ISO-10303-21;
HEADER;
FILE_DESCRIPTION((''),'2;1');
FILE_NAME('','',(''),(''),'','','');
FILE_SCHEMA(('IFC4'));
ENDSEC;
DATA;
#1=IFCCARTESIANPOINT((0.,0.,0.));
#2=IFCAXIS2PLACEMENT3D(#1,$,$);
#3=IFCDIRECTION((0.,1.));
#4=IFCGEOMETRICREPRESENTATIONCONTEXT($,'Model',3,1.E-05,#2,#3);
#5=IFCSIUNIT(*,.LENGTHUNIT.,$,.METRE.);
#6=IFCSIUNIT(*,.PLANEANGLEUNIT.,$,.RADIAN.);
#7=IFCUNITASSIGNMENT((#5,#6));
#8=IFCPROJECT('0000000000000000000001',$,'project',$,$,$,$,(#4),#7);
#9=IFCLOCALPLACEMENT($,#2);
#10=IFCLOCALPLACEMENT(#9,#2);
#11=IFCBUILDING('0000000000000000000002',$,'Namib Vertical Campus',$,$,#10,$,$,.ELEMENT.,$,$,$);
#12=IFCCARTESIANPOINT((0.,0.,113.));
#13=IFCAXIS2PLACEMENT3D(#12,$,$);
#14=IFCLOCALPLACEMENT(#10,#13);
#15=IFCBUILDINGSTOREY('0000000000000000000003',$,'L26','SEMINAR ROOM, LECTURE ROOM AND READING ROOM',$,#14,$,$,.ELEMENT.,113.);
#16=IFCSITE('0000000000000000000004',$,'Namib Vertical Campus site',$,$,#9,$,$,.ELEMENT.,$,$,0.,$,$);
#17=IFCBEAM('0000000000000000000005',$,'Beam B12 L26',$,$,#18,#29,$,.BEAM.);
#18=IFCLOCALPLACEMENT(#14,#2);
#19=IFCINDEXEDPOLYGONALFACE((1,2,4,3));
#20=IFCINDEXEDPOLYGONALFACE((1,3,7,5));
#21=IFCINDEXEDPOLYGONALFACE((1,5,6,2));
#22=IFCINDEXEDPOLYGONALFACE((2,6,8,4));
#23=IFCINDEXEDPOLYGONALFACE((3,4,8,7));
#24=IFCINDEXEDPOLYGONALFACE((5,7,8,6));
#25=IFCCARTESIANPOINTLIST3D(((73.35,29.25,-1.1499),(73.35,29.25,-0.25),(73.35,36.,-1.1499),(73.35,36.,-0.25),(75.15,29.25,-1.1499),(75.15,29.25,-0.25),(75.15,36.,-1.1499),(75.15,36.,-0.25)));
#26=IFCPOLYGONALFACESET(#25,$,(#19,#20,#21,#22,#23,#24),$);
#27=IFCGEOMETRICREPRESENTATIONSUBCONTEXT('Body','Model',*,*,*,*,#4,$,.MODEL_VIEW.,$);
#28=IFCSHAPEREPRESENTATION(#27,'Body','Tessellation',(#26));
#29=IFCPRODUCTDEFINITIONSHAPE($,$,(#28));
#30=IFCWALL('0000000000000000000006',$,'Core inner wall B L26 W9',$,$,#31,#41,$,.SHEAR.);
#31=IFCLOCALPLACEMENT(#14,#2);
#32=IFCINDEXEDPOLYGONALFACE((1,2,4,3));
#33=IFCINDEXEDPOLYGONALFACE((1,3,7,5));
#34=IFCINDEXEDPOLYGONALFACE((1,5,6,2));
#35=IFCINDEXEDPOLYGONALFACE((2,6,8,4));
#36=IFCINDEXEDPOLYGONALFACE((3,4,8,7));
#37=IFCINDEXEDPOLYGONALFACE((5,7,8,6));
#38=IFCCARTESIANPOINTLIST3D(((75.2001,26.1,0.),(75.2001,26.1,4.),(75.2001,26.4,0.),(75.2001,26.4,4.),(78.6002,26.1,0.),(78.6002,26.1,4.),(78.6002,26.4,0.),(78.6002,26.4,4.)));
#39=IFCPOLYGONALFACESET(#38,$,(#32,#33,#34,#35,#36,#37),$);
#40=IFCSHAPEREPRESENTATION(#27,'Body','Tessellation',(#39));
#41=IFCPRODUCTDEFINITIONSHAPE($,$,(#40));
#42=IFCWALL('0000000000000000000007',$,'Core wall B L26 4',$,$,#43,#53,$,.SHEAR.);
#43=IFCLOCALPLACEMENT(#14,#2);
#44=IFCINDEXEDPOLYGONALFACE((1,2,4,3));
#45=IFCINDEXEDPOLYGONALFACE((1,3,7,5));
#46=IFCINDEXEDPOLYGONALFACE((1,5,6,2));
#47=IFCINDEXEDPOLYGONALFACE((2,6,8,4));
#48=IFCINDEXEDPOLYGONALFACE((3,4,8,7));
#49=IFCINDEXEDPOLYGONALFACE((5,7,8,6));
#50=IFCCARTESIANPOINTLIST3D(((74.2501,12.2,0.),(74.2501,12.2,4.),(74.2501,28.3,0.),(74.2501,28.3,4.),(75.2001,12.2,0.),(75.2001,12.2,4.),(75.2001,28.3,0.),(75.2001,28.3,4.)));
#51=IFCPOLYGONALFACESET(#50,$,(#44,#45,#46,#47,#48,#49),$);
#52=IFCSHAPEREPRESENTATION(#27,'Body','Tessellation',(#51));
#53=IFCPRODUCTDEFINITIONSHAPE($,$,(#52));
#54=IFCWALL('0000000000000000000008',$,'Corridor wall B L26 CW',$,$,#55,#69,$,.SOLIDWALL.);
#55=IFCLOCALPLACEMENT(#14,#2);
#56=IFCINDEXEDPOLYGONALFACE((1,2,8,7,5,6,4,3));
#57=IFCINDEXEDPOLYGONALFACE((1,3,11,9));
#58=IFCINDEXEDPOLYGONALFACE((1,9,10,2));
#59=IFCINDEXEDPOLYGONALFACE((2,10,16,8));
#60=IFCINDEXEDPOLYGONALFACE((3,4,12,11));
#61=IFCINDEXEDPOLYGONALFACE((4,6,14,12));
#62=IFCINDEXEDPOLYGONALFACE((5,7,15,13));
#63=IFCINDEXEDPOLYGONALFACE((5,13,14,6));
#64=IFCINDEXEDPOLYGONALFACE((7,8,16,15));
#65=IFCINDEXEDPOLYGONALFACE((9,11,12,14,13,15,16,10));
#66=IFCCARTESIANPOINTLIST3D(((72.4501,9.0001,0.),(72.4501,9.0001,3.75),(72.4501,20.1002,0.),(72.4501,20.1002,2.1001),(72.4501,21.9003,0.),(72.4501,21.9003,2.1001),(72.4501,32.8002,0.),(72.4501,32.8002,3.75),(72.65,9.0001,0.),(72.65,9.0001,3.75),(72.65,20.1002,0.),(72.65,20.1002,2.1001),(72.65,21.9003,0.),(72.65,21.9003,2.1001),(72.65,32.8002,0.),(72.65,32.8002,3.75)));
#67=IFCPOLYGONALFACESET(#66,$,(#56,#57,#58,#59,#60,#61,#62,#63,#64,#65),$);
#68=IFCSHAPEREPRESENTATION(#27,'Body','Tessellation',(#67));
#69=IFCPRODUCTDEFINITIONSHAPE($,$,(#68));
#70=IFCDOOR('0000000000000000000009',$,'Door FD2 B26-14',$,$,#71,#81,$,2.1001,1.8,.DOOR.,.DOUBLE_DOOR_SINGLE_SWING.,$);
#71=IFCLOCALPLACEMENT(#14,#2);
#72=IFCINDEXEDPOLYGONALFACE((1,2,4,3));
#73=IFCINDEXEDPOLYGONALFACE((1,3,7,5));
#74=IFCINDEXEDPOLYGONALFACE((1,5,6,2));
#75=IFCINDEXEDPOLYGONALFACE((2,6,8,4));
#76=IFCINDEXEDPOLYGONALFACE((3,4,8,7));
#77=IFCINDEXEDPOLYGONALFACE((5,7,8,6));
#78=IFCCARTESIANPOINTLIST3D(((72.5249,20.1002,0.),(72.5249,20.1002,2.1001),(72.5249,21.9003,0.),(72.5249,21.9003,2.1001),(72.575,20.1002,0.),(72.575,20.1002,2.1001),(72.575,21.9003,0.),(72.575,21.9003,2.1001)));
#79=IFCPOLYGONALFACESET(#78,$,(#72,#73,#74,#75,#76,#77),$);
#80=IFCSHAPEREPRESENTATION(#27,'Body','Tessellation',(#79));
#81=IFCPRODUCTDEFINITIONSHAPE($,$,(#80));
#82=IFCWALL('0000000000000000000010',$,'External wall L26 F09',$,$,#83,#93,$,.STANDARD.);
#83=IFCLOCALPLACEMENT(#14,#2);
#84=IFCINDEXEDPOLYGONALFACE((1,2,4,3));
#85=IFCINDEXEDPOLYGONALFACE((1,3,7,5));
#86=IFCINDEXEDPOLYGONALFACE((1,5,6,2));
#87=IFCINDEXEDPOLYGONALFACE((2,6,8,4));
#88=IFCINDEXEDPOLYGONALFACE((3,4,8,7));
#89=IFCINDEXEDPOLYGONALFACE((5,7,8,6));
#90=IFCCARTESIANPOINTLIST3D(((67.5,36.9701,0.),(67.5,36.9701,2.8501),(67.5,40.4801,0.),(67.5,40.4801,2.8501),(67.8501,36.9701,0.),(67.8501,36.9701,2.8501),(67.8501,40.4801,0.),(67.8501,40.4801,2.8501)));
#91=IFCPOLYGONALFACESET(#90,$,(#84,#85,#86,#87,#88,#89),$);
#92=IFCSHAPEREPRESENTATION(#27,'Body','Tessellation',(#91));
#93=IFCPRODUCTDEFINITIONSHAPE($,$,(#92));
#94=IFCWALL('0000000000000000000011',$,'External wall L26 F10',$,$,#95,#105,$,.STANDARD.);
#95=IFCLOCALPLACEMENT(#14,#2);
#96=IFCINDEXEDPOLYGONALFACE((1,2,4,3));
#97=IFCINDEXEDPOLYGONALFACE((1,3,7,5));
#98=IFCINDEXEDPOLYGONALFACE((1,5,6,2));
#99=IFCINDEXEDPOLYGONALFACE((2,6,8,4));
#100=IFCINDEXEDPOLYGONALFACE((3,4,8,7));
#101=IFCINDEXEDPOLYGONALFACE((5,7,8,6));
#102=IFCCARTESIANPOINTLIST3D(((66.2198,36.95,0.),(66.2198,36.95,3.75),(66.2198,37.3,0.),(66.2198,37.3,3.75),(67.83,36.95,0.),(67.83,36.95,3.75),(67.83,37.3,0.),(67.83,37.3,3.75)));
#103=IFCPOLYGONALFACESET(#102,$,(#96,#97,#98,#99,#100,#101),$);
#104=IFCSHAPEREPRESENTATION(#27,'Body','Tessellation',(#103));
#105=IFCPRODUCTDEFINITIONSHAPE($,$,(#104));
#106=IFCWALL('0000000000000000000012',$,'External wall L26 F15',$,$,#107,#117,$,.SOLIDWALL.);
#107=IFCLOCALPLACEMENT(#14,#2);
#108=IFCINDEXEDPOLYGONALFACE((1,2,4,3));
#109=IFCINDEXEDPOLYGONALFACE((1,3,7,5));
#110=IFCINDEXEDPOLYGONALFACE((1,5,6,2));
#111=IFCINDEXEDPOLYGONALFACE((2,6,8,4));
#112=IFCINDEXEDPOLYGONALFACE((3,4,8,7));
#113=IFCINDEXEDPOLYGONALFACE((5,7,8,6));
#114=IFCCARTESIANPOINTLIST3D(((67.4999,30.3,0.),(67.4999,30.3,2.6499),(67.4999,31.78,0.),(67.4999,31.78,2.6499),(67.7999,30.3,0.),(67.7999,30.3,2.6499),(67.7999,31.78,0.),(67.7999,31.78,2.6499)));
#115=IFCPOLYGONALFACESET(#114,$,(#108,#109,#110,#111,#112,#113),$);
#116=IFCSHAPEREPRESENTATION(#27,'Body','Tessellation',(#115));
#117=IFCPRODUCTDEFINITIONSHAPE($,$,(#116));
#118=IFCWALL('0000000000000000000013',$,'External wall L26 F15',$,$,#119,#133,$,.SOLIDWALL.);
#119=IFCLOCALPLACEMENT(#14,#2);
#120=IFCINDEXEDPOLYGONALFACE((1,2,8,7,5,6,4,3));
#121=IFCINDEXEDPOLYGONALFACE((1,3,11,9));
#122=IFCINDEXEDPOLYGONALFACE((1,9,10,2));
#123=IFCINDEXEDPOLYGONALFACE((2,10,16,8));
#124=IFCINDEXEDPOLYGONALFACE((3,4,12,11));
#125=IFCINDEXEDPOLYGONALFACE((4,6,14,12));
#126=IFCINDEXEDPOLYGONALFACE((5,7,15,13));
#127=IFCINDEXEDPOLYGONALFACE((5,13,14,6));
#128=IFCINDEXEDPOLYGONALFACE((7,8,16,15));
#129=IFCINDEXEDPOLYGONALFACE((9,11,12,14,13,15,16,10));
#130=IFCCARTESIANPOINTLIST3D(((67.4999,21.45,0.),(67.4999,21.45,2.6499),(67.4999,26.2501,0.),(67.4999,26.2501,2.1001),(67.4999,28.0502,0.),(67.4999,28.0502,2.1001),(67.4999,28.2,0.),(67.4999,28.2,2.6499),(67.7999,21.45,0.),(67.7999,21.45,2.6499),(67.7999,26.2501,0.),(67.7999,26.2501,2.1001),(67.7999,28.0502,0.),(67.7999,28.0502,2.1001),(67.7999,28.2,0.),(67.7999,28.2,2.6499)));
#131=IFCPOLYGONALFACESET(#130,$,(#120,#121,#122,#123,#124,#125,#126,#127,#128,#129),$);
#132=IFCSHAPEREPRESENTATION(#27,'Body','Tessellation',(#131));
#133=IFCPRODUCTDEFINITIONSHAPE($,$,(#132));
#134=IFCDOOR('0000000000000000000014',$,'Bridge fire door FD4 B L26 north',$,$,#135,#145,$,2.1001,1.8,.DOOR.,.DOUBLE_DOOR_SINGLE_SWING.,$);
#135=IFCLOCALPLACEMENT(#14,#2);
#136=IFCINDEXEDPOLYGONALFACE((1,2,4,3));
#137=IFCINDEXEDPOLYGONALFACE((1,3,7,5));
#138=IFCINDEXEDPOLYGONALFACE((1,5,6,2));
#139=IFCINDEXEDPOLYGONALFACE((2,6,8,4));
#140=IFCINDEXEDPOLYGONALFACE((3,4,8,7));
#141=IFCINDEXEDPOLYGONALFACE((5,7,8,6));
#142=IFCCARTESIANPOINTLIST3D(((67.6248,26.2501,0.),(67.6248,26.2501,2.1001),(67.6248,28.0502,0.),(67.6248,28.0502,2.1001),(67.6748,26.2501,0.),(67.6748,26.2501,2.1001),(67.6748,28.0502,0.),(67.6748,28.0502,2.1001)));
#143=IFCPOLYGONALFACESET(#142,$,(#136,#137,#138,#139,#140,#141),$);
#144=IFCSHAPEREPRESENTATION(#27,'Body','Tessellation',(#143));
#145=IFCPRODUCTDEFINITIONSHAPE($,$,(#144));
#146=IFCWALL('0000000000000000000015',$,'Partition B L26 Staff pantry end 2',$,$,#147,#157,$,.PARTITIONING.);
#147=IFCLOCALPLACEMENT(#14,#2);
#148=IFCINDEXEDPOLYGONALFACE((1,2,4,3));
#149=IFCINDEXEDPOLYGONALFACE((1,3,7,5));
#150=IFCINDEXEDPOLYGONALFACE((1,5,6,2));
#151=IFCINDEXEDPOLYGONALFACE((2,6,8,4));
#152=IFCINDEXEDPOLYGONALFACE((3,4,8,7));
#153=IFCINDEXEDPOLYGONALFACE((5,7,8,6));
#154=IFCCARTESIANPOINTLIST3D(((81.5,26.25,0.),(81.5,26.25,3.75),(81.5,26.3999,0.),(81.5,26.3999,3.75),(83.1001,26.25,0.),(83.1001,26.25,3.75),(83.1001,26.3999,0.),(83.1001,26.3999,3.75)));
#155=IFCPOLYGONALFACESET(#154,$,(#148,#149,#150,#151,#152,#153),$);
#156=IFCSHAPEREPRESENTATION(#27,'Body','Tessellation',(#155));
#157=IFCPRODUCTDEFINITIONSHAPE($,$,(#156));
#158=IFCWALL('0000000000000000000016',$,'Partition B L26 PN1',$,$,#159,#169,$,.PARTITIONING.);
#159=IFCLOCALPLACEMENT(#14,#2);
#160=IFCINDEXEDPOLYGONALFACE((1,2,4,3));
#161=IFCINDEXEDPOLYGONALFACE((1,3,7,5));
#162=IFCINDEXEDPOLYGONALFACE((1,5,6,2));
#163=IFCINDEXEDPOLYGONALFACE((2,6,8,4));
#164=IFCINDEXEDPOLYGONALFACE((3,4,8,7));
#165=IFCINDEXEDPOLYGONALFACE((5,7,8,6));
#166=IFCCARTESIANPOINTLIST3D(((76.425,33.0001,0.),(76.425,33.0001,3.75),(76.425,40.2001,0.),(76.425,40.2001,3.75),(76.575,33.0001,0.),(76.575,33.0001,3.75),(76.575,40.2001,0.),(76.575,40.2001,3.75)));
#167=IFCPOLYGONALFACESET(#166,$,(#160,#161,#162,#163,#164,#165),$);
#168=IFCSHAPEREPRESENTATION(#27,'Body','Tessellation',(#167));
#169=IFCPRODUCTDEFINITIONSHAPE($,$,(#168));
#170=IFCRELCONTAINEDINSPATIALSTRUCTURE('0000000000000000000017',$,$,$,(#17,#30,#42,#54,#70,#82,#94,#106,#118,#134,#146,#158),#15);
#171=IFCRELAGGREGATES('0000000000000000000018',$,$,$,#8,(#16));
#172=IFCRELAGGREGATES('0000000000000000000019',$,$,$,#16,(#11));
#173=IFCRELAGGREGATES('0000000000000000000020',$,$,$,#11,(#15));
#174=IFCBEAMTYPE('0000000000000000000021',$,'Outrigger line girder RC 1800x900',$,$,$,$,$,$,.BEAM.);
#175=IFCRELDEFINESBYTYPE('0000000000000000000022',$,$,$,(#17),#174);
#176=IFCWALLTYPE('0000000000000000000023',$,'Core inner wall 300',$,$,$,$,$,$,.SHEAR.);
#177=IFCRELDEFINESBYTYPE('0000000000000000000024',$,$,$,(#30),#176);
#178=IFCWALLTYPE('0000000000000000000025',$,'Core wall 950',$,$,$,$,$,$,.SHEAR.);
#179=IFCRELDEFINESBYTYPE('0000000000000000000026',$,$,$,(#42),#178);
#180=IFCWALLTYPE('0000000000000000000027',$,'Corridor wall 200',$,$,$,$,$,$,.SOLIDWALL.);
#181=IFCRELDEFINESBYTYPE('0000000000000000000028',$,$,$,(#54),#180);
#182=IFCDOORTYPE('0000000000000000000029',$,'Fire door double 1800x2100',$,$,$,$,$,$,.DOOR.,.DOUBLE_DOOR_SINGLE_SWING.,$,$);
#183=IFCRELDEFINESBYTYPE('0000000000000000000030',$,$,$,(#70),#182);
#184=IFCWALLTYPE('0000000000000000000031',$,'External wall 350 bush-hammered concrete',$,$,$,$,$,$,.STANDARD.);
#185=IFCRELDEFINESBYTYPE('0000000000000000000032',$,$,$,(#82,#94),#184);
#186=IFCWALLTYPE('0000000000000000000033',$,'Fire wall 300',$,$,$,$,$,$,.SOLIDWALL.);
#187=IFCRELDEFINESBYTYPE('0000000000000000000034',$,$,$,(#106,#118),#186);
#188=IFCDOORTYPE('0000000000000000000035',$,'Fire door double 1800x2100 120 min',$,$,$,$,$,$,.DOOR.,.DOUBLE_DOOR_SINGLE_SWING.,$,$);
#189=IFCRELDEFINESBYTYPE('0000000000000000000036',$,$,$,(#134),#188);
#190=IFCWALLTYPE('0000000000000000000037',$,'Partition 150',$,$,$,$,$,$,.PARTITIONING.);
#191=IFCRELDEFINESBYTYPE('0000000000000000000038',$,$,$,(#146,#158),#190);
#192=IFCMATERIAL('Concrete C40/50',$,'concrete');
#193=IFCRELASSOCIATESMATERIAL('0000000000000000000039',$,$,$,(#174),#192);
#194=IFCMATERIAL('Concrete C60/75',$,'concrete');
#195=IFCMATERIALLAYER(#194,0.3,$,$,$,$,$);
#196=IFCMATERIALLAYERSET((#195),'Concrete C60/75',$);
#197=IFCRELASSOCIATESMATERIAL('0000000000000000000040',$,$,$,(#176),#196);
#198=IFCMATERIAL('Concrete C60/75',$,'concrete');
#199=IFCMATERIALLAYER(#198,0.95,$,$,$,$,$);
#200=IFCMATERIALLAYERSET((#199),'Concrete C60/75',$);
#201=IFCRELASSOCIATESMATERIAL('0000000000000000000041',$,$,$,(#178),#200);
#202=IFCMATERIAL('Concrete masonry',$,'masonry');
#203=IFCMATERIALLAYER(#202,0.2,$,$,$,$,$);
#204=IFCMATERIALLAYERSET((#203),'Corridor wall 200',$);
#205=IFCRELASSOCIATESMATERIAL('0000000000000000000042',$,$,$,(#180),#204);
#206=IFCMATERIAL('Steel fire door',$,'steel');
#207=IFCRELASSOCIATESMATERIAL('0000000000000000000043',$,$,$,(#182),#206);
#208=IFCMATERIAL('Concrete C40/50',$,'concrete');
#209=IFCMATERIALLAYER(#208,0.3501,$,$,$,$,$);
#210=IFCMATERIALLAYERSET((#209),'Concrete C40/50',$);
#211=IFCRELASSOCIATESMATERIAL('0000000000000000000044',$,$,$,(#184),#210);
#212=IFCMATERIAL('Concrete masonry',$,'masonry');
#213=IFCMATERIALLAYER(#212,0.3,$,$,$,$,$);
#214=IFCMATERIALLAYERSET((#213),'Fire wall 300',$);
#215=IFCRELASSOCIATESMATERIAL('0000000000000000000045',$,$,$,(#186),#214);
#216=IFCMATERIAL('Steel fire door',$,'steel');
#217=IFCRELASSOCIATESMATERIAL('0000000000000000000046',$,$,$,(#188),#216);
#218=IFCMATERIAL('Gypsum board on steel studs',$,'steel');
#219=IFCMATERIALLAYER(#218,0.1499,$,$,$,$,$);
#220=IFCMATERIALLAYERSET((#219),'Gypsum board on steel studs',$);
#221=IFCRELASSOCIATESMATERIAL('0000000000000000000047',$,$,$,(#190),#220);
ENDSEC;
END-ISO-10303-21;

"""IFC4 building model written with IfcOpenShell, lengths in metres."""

from ifc_helpers import new_model, si_unit, direction, frame, frame_2d, origin, origin_2d, place, context, subcontext, project, spatial, rectangle, extrude, material, layer, layer_set, material_profile, profile_set, type_object, element, fill, save


model = new_model("IFC4")

# Units and contexts
model_context = context("Model", 3, precision=1e-05, world=origin(), true_north=direction((0.0, 1.0)))
body_context = subcontext(model_context, "Body", "Model", "MODEL_VIEW")
ifc_project = project(units=[si_unit("LENGTHUNIT", "METRE"), si_unit("PLANEANGLEUNIT", "RADIAN")], contexts=[model_context])

# Site, building, storey
site_placement = place(None, origin())
site = spatial("IfcSite", under=ifc_project, at=site_placement, Name="Namib Vertical Campus site", CompositionType="ELEMENT", RefElevation=0.0)
building_placement = place(site_placement, origin())
building = spatial("IfcBuilding", under=site, at=building_placement, Name="Namib Vertical Campus", CompositionType="ELEMENT")
storey_placement = place(building_placement, frame((0.0, 0.0, 113.0)))
storey = spatial("IfcBuildingStorey", under=building, at=storey_placement, Name="L26", Description="SEMINAR ROOM, LECTURE ROOM AND READING ROOM", CompositionType="ELEMENT", Elevation=113.0)

# Beam
ifc_material_1 = material(Name="Concrete C40/50", Category="concrete")
ifc_material_profile_1 = material_profile(ifc_material_1, rectangle(XDim=1.8, YDim=0.8999, at=origin_2d()))
ifc_profile_set_1 = profile_set([ifc_material_profile_1], Name="Concrete C40/50")
beam_type_1 = type_object("IfcBeamType", Name="Outrigger line girder RC 1800x900", PredefinedType="BEAM", material=ifc_profile_set_1)
beam_1_placement = place(storey_placement, frame((74.25, 36.0, -0.7), z_axis=(0.0, -1.0, 0.0), x_axis=(1.0, 0.0, 0.0)))
element("IfcBeam", 1, at=beam_1_placement, inside=storey, type_object=beam_type_1, Name="Beam B12 L26", PredefinedType="BEAM", context=body_context, shape_type="SweptSolid", body=[
    extrude(rectangle(XDim=1.8, YDim=0.8999, at=origin_2d()), origin(), (0.0, 0.0, 1.0), 6.75),
])

# Walls
ifc_material_2 = material(Name="Concrete C60/75", Category="concrete")
ifc_layer_1 = layer(ifc_material_2, 0.3)
ifc_layer_set_1 = layer_set([ifc_layer_1], Name="Concrete C60/75")
wall_type_1 = type_object("IfcWallType", Name="Core inner wall 300", PredefinedType="SHEAR", material=ifc_layer_set_1)
wall_1_placement = place(storey_placement, frame((75.2, 26.25, 0.0), z_axis=(0.0, 0.0, 1.0), x_axis=(1.0, 0.0, 0.0)))
element("IfcWall", 2, at=wall_1_placement, inside=storey, type_object=wall_type_1, Name="Core inner wall B L26 W9", PredefinedType="SHEAR", context=body_context, shape_type="SweptSolid", body=[
    extrude(rectangle(XDim=3.4001, YDim=0.3, at=frame_2d((1.7002, 0.0))), origin(), (0.0, 0.0, 1.0), 4.0),
])
ifc_material_3 = material(Name="Concrete C60/75", Category="concrete")
ifc_layer_2 = layer(ifc_material_3, 0.95)
ifc_layer_set_2 = layer_set([ifc_layer_2], Name="Concrete C60/75")
wall_type_2 = type_object("IfcWallType", Name="Core wall 950", PredefinedType="SHEAR", material=ifc_layer_set_2)
wall_2_placement = place(storey_placement, frame((74.7251, 28.3, 0.0), z_axis=(0.0, 0.0, 1.0), x_axis=(0.0, -1.0, 0.0)))
element("IfcWall", 3, at=wall_2_placement, inside=storey, type_object=wall_type_2, Name="Core wall B L26 4", PredefinedType="SHEAR", context=body_context, shape_type="SweptSolid", body=[
    extrude(rectangle(XDim=16.1001, YDim=0.95, at=frame_2d((8.05, 0.0))), origin(), (0.0, 0.0, 1.0), 4.0),
])

# Wall, opening, door
ifc_material_4 = material(Name="Concrete masonry", Category="masonry")
ifc_layer_3 = layer(ifc_material_4, 0.2)
ifc_layer_set_3 = layer_set([ifc_layer_3], Name="Corridor wall 200")
wall_type_3 = type_object("IfcWallType", Name="Corridor wall 200", PredefinedType="SOLIDWALL", material=ifc_layer_set_3)
wall_3_placement = place(storey_placement, frame((72.55, 32.8, 0.0), z_axis=(0.0, 0.0, 1.0), x_axis=(0.0, -1.0, 0.0)))
wall_3 = element("IfcWall", 4, at=wall_3_placement, inside=storey, type_object=wall_type_3, Name="Corridor wall B L26 CW", PredefinedType="SOLIDWALL", context=body_context, shape_type="SweptSolid", body=[
    extrude(rectangle(XDim=23.8, YDim=0.2, at=frame_2d((11.8999, 0.0))), origin(), (0.0, 0.0, 1.0), 3.75),
])
opening_1_placement = place(wall_3_placement, frame((10.8999, 0.0, 0.0)))
opening_1 = element("IfcOpeningElement", 5, at=opening_1_placement, cuts=wall_3, PredefinedType="OPENING", context=body_context, shape_type="SweptSolid", body=[
    extrude(rectangle(XDim=1.8, YDim=2.1001, at=frame_2d((0.8999, 1.05))), frame((0.0, 0.1099, 0.0), z_axis=(0.0, -1.0, 0.0), x_axis=(1.0, 0.0, 0.0)), (0.0, 0.0, 1.0), 0.22),
])
ifc_material_5 = material(Name="Steel fire door", Category="steel")
door_type_1 = type_object("IfcDoorType", Name="Fire door double 1800x2100", OperationType="DOUBLE_DOOR_SINGLE_SWING", PredefinedType="DOOR", material=ifc_material_5)
door_1_placement = place(opening_1_placement, origin())
door_1 = element("IfcDoor", 6, at=door_1_placement, inside=storey, type_object=door_type_1, Name="Door FD2 B26-14", OperationType="DOUBLE_DOOR_SINGLE_SWING", OverallHeight=2.1001, OverallWidth=1.8, PredefinedType="DOOR", context=body_context, shape_type="SweptSolid", body=[
    extrude(rectangle(XDim=1.8, YDim=2.1001, at=frame_2d((0.8999, 1.05))), frame((0.0, 0.0249, 0.0), z_axis=(0.0, -1.0, 0.0), x_axis=(1.0, 0.0, 0.0)), (0.0, 0.0, 1.0), 0.05),
])
fill(opening_1, door_1)

# Walls
ifc_material_6 = material(Name="Concrete C40/50", Category="concrete")
ifc_layer_4 = layer(ifc_material_6, 0.3501)
ifc_layer_set_4 = layer_set([ifc_layer_4], Name="Concrete C40/50")
wall_type_4 = type_object("IfcWallType", Name="External wall 350 bush-hammered concrete", PredefinedType="STANDARD", material=ifc_layer_set_4)
wall_4_placement = place(storey_placement, frame((67.675, 40.48, 0.0), z_axis=(0.0, 0.0, 1.0), x_axis=(0.0, -1.0, 0.0)))
element("IfcWall", 7, at=wall_4_placement, inside=storey, type_object=wall_type_4, Name="External wall L26 F09", PredefinedType="STANDARD", context=body_context, shape_type="SweptSolid", body=[
    extrude(rectangle(XDim=3.51, YDim=0.3501, at=frame_2d((1.7549, 0.0))), origin(), (0.0, 0.0, 1.0), 2.8501),
])
wall_5_placement = place(storey_placement, frame((67.8301, 37.125, 0.0), z_axis=(0.0, 0.0, 1.0), x_axis=(-1.0, 0.0, 0.0)))
element("IfcWall", 8, at=wall_5_placement, inside=storey, type_object=wall_type_4, Name="External wall L26 F10", PredefinedType="STANDARD", context=body_context, shape_type="SweptSolid", body=[
    extrude(rectangle(XDim=1.6101, YDim=0.3501, at=frame_2d((0.8052, 0.0))), origin(), (0.0, 0.0, 1.0), 3.75),
])
ifc_material_7 = material(Name="Concrete masonry", Category="masonry")
ifc_layer_5 = layer(ifc_material_7, 0.3)
ifc_layer_set_5 = layer_set([ifc_layer_5], Name="Fire wall 300")
wall_type_5 = type_object("IfcWallType", Name="Fire wall 300", PredefinedType="SOLIDWALL", material=ifc_layer_set_5)
wall_6_placement = place(storey_placement, frame((67.6499, 31.78, 0.0), z_axis=(0.0, 0.0, 1.0), x_axis=(0.0, -1.0, 0.0)))
element("IfcWall", 9, at=wall_6_placement, inside=storey, type_object=wall_type_5, Name="External wall L26 F15", PredefinedType="SOLIDWALL", context=body_context, shape_type="SweptSolid", body=[
    extrude(rectangle(XDim=1.48, YDim=0.3, at=frame_2d((0.74, 0.0))), origin(), (0.0, 0.0, 1.0), 2.6499),
])

# Wall, opening, door
wall_7_placement = place(storey_placement, frame((67.6499, 28.2, 0.0), z_axis=(0.0, 0.0, 1.0), x_axis=(0.0, -1.0, 0.0)))
wall_7 = element("IfcWall", 10, at=wall_7_placement, inside=storey, type_object=wall_type_5, Name="External wall L26 F15", PredefinedType="SOLIDWALL", context=body_context, shape_type="SweptSolid", body=[
    extrude(rectangle(XDim=6.75, YDim=0.3, at=frame_2d((3.375, 0.0))), origin(), (0.0, 0.0, 1.0), 2.6499),
])
opening_2_placement = place(wall_7_placement, frame((0.1499, 0.0, 0.0)))
opening_2 = element("IfcOpeningElement", 11, at=opening_2_placement, cuts=wall_7, PredefinedType="OPENING", context=body_context, shape_type="SweptSolid", body=[
    extrude(rectangle(XDim=1.8, YDim=2.1001, at=frame_2d((0.8999, 1.05))), frame((0.0, 0.1599, 0.0), z_axis=(0.0, -1.0, 0.0), x_axis=(1.0, 0.0, 0.0)), (0.0, 0.0, 1.0), 0.3201),
])
ifc_material_8 = material(Name="Steel fire door", Category="steel")
door_type_2 = type_object("IfcDoorType", Name="Fire door double 1800x2100 120 min", OperationType="DOUBLE_DOOR_SINGLE_SWING", PredefinedType="DOOR", material=ifc_material_8)
door_2_placement = place(opening_2_placement, origin())
door_2 = element("IfcDoor", 12, at=door_2_placement, inside=storey, type_object=door_type_2, Name="Bridge fire door FD4 B L26 north", OperationType="DOUBLE_DOOR_SINGLE_SWING", OverallHeight=2.1001, OverallWidth=1.8, PredefinedType="DOOR", context=body_context, shape_type="SweptSolid", body=[
    extrude(rectangle(XDim=1.8, YDim=2.1001, at=frame_2d((0.8999, 1.05))), frame((0.0, 0.0249, 0.0), z_axis=(0.0, -1.0, 0.0), x_axis=(1.0, 0.0, 0.0)), (0.0, 0.0, 1.0), 0.05),
])
fill(opening_2, door_2)

# Walls
ifc_material_9 = material(Name="Gypsum board on steel studs", Category="steel")
ifc_layer_6 = layer(ifc_material_9, 0.1499)
ifc_layer_set_6 = layer_set([ifc_layer_6], Name="Gypsum board on steel studs")
wall_type_6 = type_object("IfcWallType", Name="Partition 150", PredefinedType="PARTITIONING", material=ifc_layer_set_6)
wall_8_placement = place(storey_placement, frame((81.5, 26.325, 0.0), z_axis=(0.0, 0.0, 1.0), x_axis=(1.0, 0.0, 0.0)))
element("IfcWall", 13, at=wall_8_placement, inside=storey, type_object=wall_type_6, Name="Partition B L26 Staff pantry end 2", PredefinedType="PARTITIONING", context=body_context, shape_type="SweptSolid", body=[
    extrude(rectangle(XDim=1.6001, YDim=0.1499, at=frame_2d((0.8, 0.0))), origin(), (0.0, 0.0, 1.0), 3.75),
])
wall_9_placement = place(storey_placement, frame((76.5, 33.0, 0.0), z_axis=(0.0, 0.0, 1.0), x_axis=(0.0, 1.0, 0.0)))
element("IfcWall", 14, at=wall_9_placement, inside=storey, type_object=wall_type_6, Name="Partition B L26 PN1", PredefinedType="PARTITIONING", context=body_context, shape_type="SweptSolid", body=[
    extrude(rectangle(XDim=7.2, YDim=0.1499, at=frame_2d((3.6001, 0.0))), origin(), (0.0, 0.0, 1.0), 3.75),
])

save(model, "model.ifc")
